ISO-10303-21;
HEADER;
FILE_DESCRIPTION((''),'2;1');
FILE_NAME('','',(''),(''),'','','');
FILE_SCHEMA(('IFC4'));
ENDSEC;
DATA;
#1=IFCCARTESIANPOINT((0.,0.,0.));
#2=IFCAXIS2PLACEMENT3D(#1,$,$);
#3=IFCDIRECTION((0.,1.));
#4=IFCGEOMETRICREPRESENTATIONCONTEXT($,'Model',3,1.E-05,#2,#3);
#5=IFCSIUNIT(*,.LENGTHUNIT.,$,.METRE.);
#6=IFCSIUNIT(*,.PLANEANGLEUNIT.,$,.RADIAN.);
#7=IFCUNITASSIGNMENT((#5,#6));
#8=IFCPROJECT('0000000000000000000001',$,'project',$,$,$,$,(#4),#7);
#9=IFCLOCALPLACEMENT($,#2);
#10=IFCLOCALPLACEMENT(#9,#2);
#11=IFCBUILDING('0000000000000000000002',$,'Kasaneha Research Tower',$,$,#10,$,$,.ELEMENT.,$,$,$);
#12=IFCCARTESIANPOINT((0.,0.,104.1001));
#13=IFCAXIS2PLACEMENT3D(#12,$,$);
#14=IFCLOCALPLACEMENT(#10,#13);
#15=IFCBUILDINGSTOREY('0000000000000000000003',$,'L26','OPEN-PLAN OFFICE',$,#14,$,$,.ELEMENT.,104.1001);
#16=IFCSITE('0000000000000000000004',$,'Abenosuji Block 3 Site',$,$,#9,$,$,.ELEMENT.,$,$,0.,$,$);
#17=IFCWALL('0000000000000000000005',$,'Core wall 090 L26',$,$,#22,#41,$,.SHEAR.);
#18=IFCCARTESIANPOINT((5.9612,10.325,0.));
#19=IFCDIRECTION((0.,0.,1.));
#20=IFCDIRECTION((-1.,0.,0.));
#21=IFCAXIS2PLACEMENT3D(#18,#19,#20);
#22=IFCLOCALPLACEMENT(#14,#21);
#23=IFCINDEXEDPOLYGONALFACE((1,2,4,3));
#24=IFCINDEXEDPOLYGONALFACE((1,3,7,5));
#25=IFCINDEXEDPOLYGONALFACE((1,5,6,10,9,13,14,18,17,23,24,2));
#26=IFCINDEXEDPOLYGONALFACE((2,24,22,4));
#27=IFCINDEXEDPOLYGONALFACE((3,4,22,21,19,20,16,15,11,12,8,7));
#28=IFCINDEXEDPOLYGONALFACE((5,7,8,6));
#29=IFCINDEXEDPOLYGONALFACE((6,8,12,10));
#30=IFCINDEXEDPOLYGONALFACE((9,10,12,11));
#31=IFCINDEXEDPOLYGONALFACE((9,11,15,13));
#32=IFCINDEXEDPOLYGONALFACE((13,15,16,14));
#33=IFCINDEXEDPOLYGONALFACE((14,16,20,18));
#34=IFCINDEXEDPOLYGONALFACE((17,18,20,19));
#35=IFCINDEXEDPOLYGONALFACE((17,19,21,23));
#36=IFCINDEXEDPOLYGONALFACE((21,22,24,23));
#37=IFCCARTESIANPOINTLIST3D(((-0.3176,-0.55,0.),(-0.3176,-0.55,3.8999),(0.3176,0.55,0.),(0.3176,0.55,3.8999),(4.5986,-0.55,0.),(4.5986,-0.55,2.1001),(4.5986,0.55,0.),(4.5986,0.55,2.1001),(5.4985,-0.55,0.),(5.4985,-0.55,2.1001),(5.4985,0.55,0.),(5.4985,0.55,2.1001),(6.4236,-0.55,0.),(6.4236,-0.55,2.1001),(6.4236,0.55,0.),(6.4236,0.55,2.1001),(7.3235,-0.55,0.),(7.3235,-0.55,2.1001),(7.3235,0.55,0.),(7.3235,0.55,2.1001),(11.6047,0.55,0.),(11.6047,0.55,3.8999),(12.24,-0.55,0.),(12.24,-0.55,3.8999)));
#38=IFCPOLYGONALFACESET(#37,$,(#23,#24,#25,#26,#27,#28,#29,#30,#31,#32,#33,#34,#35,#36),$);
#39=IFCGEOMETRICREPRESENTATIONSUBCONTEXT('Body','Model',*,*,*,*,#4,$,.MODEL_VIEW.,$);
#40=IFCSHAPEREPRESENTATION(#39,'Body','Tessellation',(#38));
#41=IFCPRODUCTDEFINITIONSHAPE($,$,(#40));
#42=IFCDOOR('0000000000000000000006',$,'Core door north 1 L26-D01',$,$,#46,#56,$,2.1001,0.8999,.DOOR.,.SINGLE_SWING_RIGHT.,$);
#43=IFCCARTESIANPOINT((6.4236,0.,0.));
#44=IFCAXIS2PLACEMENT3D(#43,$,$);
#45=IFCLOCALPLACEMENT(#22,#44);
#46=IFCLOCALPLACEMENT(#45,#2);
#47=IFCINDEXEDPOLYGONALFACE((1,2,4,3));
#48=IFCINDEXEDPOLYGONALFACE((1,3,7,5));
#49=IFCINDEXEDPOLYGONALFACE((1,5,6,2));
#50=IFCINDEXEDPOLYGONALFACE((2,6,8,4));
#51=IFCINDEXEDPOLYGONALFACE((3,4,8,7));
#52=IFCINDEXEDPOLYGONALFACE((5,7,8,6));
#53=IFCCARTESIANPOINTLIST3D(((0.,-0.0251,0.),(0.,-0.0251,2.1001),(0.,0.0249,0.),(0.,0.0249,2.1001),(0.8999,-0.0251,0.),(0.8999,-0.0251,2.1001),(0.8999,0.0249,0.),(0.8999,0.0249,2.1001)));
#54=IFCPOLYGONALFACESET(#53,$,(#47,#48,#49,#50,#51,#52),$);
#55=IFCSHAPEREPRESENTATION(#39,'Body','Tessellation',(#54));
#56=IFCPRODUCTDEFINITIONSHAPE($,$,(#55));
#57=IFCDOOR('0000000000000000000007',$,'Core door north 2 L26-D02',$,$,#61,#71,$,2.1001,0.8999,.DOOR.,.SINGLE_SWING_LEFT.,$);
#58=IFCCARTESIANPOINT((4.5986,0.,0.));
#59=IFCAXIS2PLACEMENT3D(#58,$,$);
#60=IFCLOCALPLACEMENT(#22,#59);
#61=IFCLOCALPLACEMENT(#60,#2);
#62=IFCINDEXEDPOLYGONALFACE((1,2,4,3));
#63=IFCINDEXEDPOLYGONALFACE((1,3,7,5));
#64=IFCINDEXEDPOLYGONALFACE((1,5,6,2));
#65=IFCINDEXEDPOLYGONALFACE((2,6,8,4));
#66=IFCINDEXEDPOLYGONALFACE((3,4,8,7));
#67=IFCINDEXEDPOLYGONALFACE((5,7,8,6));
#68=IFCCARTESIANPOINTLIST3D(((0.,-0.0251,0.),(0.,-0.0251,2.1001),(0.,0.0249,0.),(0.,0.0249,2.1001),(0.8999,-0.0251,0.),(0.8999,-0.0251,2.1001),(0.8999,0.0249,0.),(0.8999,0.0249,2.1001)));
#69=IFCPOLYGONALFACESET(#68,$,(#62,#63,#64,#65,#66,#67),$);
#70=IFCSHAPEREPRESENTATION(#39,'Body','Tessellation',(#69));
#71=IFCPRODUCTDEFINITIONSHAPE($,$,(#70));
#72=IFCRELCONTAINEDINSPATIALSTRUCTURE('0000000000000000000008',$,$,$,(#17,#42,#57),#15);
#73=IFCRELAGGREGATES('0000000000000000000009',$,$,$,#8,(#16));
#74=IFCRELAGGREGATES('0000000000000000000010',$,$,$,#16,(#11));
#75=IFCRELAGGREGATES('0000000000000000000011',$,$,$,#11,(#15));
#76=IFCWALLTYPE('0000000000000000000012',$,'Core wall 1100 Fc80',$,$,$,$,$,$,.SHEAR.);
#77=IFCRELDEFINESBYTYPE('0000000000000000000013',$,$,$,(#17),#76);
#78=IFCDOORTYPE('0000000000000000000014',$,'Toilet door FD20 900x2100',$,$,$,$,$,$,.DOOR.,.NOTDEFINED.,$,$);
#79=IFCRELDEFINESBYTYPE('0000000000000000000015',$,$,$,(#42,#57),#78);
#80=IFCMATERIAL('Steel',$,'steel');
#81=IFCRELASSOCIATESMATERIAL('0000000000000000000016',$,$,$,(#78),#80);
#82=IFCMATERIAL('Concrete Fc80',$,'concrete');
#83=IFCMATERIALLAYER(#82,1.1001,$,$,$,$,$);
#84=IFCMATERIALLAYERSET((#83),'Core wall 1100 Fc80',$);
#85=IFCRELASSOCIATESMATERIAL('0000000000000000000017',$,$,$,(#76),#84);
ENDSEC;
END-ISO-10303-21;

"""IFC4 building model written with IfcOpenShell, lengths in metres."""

from ifc_helpers import new_model, si_unit, direction, frame, frame_2d, origin, place, context, subcontext, project, spatial, polyline, rectangle, outline, extrude, material, layer, layer_set, type_object, element, fill, save


model = new_model("IFC4")

# Units and contexts
model_context = context("Model", 3, precision=1e-05, world=origin(), true_north=direction((0.0, 1.0)))
body_context = subcontext(model_context, "Body", "Model", "MODEL_VIEW")
ifc_project = project(units=[si_unit("LENGTHUNIT", "METRE"), si_unit("PLANEANGLEUNIT", "RADIAN")], contexts=[model_context])

# Site, building, storey
site_placement = place(None, origin())
site = spatial("IfcSite", under=ifc_project, at=site_placement, Name="Abenosuji Block 3 Site", CompositionType="ELEMENT", RefElevation=0.0)
building_placement = place(site_placement, origin())
building = spatial("IfcBuilding", under=site, at=building_placement, Name="Kasaneha Research Tower", CompositionType="ELEMENT")
storey_placement = place(building_placement, frame((0.0, 0.0, 104.1001)))
storey = spatial("IfcBuildingStorey", under=building, at=storey_placement, Name="L26", Description="OPEN-PLAN OFFICE", CompositionType="ELEMENT", Elevation=104.1001)

# Shared definitions
ifc_material_1 = material(Name="Steel", Category="steel")
door_type_1 = type_object("IfcDoorType", Name="Toilet door FD20 900x2100", OperationType="NOTDEFINED", PredefinedType="DOOR", material=ifc_material_1)

# Wall, openings, doors
ifc_material_2 = material(Name="Concrete Fc80", Category="concrete")
ifc_layer_1 = layer(ifc_material_2, 1.1001)
ifc_layer_set_1 = layer_set([ifc_layer_1], Name="Core wall 1100 Fc80")
wall_type_1 = type_object("IfcWallType", Name="Core wall 1100 Fc80", PredefinedType="SHEAR", material=ifc_layer_set_1)
wall_1_placement = place(storey_placement, frame((5.9612, 10.325, 0.0), z_axis=(0.0, 0.0, 1.0), x_axis=(-1.0, 0.0, 0.0)))
wall_1 = element("IfcWall", 1, at=wall_1_placement, inside=storey, type_object=wall_type_1, Name="Core wall 090 L26", PredefinedType="SHEAR", context=body_context, shape_type="SweptSolid", body=[
    extrude(outline(polyline([(-0.3176, -0.55), (4.5986, -0.55), (5.4985, -0.55), (6.4236, -0.55), (7.3235, -0.55), (12.24, -0.55), (11.6047, 0.55), (7.3235, 0.55), (6.4236, 0.55), (5.4985, 0.55), (4.5986, 0.55), (0.3176, 0.55), (-0.3176, -0.55)])), origin(), (0.0, 0.0, 1.0), 3.8999),
])
opening_1_placement = place(wall_1_placement, frame((6.4236, 0.0, 0.0)))
opening_1 = element("IfcOpeningElement", 2, at=opening_1_placement, cuts=wall_1, PredefinedType="OPENING", context=body_context, shape_type="SweptSolid", body=[
    extrude(rectangle(XDim=0.8999, YDim=2.1001, at=frame_2d((0.45, 1.05))), frame((0.0, 0.5601, 0.0), z_axis=(0.0, -1.0, 0.0), x_axis=(1.0, 0.0, 0.0)), (0.0, 0.0, 1.0), 1.1201),
])
opening_2_placement = place(wall_1_placement, frame((4.5986, 0.0, 0.0)))
opening_2 = element("IfcOpeningElement", 3, at=opening_2_placement, cuts=wall_1, PredefinedType="OPENING", context=body_context, shape_type="SweptSolid", body=[
    extrude(rectangle(XDim=0.8999, YDim=2.1001, at=frame_2d((0.45, 1.05))), frame((0.0, 0.5601, 0.0), z_axis=(0.0, -1.0, 0.0), x_axis=(1.0, 0.0, 0.0)), (0.0, 0.0, 1.0), 1.1201),
])
door_1_placement = place(opening_1_placement, origin())
door_1 = element("IfcDoor", 4, at=door_1_placement, inside=storey, type_object=door_type_1, Name="Core door north 1 L26-D01", OperationType="SINGLE_SWING_RIGHT", OverallHeight=2.1001, OverallWidth=0.8999, PredefinedType="DOOR", context=body_context, shape_type="SweptSolid", body=[
    extrude(rectangle(XDim=0.8999, YDim=2.1001, at=frame_2d((0.45, 1.05))), frame((0.0, 0.0249, 0.0), z_axis=(0.0, -1.0, 0.0), x_axis=(1.0, 0.0, 0.0)), (0.0, 0.0, 1.0), 0.05),
])
fill(opening_1, door_1)
door_2_placement = place(opening_2_placement, origin())
door_2 = element("IfcDoor", 5, at=door_2_placement, inside=storey, type_object=door_type_1, Name="Core door north 2 L26-D02", OperationType="SINGLE_SWING_LEFT", OverallHeight=2.1001, OverallWidth=0.8999, PredefinedType="DOOR", context=body_context, shape_type="SweptSolid", body=[
    extrude(rectangle(XDim=0.8999, YDim=2.1001, at=frame_2d((0.45, 1.05))), frame((0.0, 0.0249, 0.0), z_axis=(0.0, -1.0, 0.0), x_axis=(1.0, 0.0, 0.0)), (0.0, 0.0, 1.0), 0.05),
])
fill(opening_2, door_2)

save(model, "model.ifc")
